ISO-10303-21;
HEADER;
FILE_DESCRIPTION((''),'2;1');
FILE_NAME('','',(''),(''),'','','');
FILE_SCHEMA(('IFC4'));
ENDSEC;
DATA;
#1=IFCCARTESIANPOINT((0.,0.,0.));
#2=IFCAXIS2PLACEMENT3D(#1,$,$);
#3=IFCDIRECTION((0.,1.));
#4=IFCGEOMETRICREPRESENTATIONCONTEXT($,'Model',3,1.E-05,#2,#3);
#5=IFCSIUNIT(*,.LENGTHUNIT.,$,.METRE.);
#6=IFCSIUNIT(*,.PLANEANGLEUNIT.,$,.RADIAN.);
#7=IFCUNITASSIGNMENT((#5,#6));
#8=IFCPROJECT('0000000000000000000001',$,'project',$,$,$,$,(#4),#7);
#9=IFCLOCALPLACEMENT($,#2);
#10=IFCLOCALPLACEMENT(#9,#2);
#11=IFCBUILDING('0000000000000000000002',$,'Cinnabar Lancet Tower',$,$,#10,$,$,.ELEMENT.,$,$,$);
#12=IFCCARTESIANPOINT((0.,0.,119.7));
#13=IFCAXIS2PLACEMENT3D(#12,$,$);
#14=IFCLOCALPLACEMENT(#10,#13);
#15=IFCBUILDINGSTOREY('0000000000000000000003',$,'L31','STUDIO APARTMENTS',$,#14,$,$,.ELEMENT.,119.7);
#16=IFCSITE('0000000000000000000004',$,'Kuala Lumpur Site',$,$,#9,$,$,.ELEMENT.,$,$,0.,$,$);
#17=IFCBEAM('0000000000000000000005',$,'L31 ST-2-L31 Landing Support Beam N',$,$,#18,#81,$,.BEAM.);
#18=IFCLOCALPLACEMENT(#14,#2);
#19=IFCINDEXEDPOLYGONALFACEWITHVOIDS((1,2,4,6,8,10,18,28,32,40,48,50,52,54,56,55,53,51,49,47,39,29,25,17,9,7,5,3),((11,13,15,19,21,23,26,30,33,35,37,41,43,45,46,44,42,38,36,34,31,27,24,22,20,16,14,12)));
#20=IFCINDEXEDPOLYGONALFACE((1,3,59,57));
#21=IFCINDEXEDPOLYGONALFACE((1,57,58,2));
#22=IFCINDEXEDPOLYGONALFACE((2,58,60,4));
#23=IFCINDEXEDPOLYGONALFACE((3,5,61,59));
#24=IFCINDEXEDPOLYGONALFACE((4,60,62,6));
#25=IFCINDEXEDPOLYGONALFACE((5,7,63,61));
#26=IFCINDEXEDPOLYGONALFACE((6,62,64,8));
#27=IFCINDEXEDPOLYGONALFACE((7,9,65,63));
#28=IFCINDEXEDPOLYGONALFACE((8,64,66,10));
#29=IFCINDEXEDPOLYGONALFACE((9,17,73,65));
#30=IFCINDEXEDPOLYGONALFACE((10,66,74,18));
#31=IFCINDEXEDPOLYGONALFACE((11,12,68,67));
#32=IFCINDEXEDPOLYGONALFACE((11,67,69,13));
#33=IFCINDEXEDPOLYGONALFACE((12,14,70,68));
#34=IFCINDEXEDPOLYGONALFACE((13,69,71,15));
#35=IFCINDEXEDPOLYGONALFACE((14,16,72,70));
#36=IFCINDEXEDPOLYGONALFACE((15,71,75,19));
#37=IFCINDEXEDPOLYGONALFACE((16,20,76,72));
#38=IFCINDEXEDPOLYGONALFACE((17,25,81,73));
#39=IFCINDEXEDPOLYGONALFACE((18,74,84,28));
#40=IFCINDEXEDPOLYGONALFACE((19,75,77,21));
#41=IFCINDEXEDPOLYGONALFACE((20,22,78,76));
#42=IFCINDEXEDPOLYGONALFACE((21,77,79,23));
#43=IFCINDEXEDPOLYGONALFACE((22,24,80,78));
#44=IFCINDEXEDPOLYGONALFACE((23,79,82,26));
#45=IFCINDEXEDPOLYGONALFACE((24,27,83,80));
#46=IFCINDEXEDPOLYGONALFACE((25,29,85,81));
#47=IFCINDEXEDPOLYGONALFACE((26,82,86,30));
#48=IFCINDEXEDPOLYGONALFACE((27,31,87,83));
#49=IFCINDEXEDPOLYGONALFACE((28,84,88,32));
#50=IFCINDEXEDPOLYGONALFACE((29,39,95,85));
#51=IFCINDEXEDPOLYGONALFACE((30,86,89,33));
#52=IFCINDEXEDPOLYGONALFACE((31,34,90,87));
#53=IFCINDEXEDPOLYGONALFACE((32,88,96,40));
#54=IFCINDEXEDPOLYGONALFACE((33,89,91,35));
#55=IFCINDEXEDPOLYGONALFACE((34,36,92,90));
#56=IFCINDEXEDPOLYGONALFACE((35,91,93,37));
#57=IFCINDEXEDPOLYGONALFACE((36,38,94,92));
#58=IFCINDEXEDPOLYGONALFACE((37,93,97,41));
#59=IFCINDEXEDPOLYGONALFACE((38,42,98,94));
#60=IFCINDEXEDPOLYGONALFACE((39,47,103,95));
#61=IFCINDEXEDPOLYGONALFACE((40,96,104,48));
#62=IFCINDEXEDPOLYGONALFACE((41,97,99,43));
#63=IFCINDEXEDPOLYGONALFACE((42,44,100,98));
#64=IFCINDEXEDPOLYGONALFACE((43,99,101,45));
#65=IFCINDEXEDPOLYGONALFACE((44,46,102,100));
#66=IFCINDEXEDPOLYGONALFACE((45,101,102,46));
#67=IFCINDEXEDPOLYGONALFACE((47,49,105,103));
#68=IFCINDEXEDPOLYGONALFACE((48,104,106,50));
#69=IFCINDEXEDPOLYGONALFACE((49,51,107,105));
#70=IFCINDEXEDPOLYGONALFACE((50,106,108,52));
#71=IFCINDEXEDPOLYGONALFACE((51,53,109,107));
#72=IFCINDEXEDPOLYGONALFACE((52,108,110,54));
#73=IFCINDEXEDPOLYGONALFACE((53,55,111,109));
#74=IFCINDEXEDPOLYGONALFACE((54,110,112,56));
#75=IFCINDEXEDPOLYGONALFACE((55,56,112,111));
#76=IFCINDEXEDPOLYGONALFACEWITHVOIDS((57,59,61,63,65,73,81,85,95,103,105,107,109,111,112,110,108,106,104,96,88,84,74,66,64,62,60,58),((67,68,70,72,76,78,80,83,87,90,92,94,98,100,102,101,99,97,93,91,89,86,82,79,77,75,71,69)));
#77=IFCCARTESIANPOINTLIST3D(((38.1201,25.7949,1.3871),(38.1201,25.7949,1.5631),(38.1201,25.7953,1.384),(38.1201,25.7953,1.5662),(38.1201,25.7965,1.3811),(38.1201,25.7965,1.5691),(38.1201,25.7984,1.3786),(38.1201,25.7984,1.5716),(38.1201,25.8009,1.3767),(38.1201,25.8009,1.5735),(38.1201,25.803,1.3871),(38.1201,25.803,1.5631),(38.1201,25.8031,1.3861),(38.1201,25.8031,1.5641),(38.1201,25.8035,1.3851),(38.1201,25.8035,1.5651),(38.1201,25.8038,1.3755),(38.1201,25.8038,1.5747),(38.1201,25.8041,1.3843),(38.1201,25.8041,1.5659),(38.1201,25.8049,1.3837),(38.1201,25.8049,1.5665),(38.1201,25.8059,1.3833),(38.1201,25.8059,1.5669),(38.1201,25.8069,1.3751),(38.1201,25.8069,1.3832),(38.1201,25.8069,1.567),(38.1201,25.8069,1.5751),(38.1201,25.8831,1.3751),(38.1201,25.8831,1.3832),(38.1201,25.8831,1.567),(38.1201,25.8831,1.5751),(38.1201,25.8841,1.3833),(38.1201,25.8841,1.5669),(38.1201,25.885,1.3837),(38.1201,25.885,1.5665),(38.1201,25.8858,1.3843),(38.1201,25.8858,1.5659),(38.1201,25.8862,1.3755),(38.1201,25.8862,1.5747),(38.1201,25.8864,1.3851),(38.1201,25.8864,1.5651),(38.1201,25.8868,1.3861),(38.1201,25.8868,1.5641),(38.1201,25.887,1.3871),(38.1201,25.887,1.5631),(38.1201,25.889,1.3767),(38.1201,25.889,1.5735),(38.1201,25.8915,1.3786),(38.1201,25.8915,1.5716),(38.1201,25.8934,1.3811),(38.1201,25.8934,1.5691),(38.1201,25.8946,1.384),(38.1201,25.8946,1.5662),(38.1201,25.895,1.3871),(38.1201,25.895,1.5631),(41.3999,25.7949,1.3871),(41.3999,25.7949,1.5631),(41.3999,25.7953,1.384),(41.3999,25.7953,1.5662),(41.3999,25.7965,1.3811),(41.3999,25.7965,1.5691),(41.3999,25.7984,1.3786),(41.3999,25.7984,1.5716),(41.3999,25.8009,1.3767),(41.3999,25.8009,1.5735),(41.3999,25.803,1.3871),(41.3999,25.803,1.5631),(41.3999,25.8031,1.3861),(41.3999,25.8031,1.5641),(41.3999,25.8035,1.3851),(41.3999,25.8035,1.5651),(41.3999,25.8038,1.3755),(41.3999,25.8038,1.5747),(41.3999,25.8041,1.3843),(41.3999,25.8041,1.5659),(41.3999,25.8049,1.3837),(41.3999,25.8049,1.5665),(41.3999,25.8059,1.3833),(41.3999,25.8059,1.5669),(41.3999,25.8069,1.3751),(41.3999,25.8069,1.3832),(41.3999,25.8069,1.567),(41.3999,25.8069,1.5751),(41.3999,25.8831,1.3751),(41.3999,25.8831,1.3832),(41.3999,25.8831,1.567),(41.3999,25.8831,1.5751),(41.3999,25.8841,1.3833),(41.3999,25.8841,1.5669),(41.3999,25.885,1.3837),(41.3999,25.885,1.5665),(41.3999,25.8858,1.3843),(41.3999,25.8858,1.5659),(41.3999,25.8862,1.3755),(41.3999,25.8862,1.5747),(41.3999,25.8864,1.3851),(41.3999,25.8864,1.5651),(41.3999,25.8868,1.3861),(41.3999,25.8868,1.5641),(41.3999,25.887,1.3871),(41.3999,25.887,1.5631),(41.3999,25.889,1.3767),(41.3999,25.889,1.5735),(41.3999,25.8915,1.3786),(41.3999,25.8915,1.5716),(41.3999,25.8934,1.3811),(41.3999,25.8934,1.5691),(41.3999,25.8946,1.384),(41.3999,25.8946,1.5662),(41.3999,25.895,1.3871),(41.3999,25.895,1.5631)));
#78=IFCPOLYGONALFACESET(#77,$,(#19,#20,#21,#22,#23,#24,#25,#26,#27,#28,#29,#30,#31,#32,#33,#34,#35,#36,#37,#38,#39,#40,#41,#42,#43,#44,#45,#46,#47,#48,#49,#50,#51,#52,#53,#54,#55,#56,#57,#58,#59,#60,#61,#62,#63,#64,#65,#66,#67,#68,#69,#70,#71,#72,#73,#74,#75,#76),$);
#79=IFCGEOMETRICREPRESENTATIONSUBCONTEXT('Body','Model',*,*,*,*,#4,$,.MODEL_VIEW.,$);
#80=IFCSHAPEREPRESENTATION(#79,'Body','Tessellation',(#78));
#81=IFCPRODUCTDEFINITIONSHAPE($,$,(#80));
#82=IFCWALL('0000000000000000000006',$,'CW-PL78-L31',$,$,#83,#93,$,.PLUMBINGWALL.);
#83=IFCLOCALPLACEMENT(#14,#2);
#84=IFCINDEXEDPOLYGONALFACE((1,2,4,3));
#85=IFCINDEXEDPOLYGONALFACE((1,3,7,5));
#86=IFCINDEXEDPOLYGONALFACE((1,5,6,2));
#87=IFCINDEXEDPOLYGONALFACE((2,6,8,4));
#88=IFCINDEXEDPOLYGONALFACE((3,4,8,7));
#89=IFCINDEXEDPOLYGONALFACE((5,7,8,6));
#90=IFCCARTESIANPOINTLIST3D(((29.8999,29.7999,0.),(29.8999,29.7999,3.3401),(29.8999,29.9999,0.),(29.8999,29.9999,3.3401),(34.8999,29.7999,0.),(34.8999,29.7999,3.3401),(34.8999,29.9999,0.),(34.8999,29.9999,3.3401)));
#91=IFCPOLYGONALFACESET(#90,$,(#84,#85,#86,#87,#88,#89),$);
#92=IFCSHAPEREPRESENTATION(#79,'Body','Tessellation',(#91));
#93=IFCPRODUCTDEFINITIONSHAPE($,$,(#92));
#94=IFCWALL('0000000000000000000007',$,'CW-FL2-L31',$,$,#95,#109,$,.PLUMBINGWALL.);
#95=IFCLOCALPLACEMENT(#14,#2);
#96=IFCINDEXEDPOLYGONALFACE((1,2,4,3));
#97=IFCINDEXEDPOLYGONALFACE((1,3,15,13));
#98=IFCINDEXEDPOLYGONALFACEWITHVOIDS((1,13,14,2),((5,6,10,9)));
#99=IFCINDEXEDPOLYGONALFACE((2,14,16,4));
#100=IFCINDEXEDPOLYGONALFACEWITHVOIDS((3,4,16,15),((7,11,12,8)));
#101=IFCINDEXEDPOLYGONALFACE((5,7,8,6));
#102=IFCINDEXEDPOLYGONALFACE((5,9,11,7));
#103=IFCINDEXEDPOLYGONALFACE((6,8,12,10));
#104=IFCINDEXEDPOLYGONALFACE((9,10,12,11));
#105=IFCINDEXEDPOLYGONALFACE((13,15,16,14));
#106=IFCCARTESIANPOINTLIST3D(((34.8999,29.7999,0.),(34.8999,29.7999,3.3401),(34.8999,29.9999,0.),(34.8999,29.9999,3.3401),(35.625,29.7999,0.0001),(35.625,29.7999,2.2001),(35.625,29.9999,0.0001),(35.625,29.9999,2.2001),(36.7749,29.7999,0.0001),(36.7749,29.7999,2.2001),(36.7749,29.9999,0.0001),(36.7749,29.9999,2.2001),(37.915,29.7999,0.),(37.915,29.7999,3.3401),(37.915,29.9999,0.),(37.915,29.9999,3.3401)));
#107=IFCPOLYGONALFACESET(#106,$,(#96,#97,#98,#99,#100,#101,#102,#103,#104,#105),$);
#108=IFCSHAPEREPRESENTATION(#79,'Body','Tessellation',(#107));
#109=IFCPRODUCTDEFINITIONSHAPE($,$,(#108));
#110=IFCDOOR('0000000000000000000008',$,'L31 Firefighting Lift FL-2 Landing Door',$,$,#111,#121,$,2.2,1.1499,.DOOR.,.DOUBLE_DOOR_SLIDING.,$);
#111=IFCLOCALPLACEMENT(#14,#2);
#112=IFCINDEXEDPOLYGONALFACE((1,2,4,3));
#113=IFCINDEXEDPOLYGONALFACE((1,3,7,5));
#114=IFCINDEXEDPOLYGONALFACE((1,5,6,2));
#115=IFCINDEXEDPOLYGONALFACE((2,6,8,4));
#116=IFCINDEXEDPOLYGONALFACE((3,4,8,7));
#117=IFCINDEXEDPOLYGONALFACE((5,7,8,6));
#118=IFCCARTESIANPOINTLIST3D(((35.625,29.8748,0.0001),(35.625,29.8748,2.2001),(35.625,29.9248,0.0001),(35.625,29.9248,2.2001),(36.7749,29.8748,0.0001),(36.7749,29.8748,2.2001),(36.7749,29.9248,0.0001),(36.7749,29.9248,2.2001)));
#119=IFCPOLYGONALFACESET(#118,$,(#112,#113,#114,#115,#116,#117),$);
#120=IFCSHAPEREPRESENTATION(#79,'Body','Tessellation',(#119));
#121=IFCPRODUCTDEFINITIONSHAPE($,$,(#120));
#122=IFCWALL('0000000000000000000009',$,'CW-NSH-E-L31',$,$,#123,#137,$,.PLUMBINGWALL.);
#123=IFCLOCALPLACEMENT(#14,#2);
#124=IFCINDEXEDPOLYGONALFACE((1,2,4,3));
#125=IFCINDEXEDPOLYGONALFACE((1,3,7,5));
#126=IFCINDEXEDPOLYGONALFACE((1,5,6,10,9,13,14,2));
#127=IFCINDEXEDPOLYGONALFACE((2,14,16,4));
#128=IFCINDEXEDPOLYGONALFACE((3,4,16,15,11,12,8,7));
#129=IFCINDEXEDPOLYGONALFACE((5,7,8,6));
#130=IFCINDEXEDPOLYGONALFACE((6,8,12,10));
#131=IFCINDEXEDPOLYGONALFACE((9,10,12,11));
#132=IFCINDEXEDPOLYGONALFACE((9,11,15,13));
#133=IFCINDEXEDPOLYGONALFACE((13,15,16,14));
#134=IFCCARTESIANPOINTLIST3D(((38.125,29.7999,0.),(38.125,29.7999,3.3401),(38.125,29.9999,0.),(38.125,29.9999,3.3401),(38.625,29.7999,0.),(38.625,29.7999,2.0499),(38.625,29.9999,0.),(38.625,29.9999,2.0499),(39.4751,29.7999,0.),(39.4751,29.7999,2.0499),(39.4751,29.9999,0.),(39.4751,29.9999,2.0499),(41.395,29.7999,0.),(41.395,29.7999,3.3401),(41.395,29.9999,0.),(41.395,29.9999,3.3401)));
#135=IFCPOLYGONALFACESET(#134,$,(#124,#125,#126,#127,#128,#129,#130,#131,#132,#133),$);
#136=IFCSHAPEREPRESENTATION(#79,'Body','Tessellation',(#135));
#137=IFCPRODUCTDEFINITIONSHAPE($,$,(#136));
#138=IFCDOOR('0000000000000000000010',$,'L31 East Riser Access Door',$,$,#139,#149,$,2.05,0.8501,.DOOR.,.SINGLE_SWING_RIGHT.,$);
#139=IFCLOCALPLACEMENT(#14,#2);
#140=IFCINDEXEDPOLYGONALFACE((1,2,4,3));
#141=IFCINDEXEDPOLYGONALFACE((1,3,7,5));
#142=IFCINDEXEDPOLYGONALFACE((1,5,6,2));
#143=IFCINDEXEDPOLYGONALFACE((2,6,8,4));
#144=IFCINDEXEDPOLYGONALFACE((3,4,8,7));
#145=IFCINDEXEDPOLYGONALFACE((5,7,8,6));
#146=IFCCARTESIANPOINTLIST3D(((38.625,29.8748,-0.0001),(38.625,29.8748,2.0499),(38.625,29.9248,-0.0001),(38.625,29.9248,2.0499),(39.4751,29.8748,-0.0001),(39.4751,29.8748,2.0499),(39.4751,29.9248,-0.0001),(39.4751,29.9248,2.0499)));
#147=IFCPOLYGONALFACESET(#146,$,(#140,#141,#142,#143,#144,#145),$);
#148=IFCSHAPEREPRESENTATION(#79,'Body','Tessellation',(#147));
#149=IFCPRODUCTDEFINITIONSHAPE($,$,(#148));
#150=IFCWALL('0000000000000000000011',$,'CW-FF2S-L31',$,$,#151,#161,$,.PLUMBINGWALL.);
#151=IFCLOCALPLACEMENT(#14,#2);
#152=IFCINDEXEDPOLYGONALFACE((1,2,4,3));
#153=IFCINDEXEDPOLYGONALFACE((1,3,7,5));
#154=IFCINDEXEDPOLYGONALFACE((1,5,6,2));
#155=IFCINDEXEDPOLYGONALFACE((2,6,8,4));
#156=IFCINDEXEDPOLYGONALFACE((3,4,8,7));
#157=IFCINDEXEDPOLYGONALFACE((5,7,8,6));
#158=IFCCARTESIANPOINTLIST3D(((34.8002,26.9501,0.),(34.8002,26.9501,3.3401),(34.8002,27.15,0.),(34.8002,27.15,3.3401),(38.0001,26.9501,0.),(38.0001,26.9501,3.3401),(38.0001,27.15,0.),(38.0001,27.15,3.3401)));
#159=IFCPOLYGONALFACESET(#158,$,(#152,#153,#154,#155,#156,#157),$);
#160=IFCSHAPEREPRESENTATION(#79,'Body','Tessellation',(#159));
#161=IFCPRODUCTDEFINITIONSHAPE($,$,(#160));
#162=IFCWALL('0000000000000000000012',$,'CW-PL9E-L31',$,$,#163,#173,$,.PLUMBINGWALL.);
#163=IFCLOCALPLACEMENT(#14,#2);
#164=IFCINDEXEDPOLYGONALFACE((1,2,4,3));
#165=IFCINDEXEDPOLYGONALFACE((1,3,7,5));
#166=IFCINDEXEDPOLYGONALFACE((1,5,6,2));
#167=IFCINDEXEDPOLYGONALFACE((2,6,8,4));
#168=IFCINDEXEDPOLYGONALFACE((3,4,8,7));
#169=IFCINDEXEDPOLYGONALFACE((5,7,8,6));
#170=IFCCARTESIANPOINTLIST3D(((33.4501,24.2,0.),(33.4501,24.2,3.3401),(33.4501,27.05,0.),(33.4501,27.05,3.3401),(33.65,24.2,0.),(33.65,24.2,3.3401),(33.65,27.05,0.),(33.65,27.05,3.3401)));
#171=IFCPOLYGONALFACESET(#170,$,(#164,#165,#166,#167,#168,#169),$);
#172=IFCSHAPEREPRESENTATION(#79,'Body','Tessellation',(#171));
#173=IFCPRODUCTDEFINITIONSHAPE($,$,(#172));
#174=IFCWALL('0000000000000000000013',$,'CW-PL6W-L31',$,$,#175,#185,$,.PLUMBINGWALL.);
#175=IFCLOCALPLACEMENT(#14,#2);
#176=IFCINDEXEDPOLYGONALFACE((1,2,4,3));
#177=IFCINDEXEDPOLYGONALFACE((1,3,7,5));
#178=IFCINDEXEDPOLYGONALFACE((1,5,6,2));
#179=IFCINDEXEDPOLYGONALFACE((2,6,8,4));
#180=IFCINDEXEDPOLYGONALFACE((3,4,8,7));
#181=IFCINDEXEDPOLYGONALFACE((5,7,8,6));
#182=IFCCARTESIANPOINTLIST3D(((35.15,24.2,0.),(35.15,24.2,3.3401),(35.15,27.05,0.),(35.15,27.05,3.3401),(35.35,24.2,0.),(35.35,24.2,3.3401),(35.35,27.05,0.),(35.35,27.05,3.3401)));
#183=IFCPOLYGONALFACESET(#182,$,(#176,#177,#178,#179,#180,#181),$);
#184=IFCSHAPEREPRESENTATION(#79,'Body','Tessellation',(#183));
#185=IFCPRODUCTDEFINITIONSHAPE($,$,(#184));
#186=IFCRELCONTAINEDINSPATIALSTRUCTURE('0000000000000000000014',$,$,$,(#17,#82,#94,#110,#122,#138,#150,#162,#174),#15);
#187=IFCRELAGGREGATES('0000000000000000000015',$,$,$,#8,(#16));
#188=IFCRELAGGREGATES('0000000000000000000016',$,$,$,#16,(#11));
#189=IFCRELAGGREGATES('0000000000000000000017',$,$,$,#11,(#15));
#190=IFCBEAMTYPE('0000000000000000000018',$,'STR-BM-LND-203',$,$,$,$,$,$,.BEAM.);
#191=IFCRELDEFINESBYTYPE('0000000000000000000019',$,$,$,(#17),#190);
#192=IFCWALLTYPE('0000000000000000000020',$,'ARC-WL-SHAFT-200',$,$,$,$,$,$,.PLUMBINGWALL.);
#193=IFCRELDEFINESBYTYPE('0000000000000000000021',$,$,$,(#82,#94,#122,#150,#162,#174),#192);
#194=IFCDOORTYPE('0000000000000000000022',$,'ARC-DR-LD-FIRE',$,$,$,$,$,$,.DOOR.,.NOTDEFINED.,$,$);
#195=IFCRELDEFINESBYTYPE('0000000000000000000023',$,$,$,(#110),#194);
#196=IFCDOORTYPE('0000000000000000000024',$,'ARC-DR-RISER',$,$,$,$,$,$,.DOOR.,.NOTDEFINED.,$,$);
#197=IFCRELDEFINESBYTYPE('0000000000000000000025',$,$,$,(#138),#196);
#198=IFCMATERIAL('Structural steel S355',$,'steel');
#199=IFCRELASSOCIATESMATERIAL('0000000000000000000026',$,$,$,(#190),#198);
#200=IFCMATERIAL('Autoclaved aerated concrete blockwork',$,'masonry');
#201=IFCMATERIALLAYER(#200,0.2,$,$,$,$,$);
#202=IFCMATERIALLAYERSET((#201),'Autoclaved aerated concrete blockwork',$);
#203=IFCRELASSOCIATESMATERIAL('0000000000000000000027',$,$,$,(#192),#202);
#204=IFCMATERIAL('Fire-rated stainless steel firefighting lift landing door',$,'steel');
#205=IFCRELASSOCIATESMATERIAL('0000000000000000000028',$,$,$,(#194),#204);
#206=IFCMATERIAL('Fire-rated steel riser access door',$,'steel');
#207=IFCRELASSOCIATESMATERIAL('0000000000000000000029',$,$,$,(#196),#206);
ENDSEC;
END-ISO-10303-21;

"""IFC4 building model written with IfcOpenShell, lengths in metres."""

from ifc_helpers import new_model, si_unit, direction, frame, frame_2d, origin, origin_2d, place, context, subcontext, project, spatial, rectangle, hollow_rectangle, extrude, material, layer, layer_set, material_profile, profile_set, type_object, element, fill, save


model = new_model("IFC4")

# Units and contexts
model_context = context("Model", 3, precision=1e-05, world=origin(), true_north=direction((0.0, 1.0)))
body_context = subcontext(model_context, "Body", "Model", "MODEL_VIEW")
ifc_project = project(units=[si_unit("LENGTHUNIT", "METRE"), si_unit("PLANEANGLEUNIT", "RADIAN")], contexts=[model_context])

# Site, building, storey
site_placement = place(None, origin())
site = spatial("IfcSite", under=ifc_project, at=site_placement, Name="Kuala Lumpur Site", CompositionType="ELEMENT", RefElevation=0.0)
building_placement = place(site_placement, origin())
building = spatial("IfcBuilding", under=site, at=building_placement, Name="Cinnabar Lancet Tower", CompositionType="ELEMENT")
storey_placement = place(building_placement, frame((0.0, 0.0, 119.7)))
storey = spatial("IfcBuildingStorey", under=building, at=storey_placement, Name="L31", Description="STUDIO APARTMENTS", CompositionType="ELEMENT", Elevation=119.7)

# Beam
ifc_material_1 = material(Name="Structural steel S355", Category="steel")
ifc_material_profile = material_profile(ifc_material_1, hollow_rectangle(XDim=0.1001, YDim=0.2, WallThickness=0.0081, InnerFilletRadius=0.0039, OuterFilletRadius=0.012, at=origin_2d()), Name="RHS 200x100x8")
ifc_profile_set = profile_set([ifc_material_profile], Name="Structural steel S355")
beam_type = type_object("IfcBeamType", Name="STR-BM-LND-203", PredefinedType="BEAM", material=ifc_profile_set)
beam_placement = place(storey_placement, frame((38.1201, 25.845, 1.4751), z_axis=(1.0, 0.0, 0.0), x_axis=(0.0, 1.0, 0.0)))
element("IfcBeam", 1, at=beam_placement, inside=storey, type_object=beam_type, Name="L31 ST-2-L31 Landing Support Beam N", PredefinedType="BEAM", context=body_context, shape_type="SweptSolid", body=[
    extrude(hollow_rectangle(XDim=0.1001, YDim=0.2, WallThickness=0.0081, InnerFilletRadius=0.0039, OuterFilletRadius=0.012, at=origin_2d()), origin(), (0.0, 0.0, 1.0), 3.2798),
])

# Wall
ifc_material_2 = material(Name="Autoclaved aerated concrete blockwork", Category="masonry")
ifc_layer = layer(ifc_material_2, 0.2)
ifc_layer_set = layer_set([ifc_layer], Name="Autoclaved aerated concrete blockwork")
wall_type = type_object("IfcWallType", Name="ARC-WL-SHAFT-200", PredefinedType="PLUMBINGWALL", material=ifc_layer_set)
wall_1_placement = place(storey_placement, frame((29.8999, 29.8999, 0.0), z_axis=(0.0, 0.0, 1.0), x_axis=(1.0, 0.0, 0.0)))
element("IfcWall", 2, at=wall_1_placement, inside=storey, type_object=wall_type, Name="CW-PL78-L31", PredefinedType="PLUMBINGWALL", context=body_context, shape_type="SweptSolid", body=[
    extrude(rectangle(XDim=5.0, YDim=0.2, at=frame_2d((2.5, 0.0))), origin(), (0.0, 0.0, 1.0), 3.3401),
])

# Walls, openings, doors
wall_2_placement = place(storey_placement, frame((34.8999, 29.8999, 0.0), z_axis=(0.0, 0.0, 1.0), x_axis=(1.0, 0.0, 0.0)))
wall_2 = element("IfcWall", 3, at=wall_2_placement, inside=storey, type_object=wall_type, Name="CW-FL2-L31", PredefinedType="PLUMBINGWALL", context=body_context, shape_type="SweptSolid", body=[
    extrude(rectangle(XDim=3.0151, YDim=0.2, at=frame_2d((1.5076, 0.0))), origin(), (0.0, 0.0, 1.0), 3.3401),
])
opening_1_placement = place(wall_2_placement, frame((0.7251, 0.0, 0.0)))
opening_1 = element("IfcOpeningElement", 4, at=opening_1_placement, cuts=wall_2, PredefinedType="OPENING", context=body_context, shape_type="SweptSolid", body=[
    extrude(rectangle(XDim=1.1499, YDim=2.2, at=frame_2d((0.575, 1.1001))), frame((0.0, 0.1099, 0.0), z_axis=(0.0, -1.0, 0.0), x_axis=(1.0, 0.0, 0.0)), (0.0, 0.0, 1.0), 0.22),
])
ifc_material_3 = material(Name="Fire-rated stainless steel firefighting lift landing door", Category="steel")
door_type_1 = type_object("IfcDoorType", Name="ARC-DR-LD-FIRE", OperationType="NOTDEFINED", PredefinedType="DOOR", material=ifc_material_3)
door_1_placement = place(opening_1_placement, origin())
door_1 = element("IfcDoor", 5, at=door_1_placement, inside=storey, type_object=door_type_1, Name="L31 Firefighting Lift FL-2 Landing Door", OperationType="DOUBLE_DOOR_SLIDING", OverallHeight=2.2, OverallWidth=1.1499, PredefinedType="DOOR", context=body_context, shape_type="SweptSolid", body=[
    extrude(rectangle(XDim=1.1499, YDim=2.2, at=frame_2d((0.575, 1.1001))), frame((0.0, 0.0249, 0.0), z_axis=(0.0, -1.0, 0.0), x_axis=(1.0, 0.0, 0.0)), (0.0, 0.0, 1.0), 0.05),
])
fill(opening_1, door_1)
wall_3_placement = place(storey_placement, frame((38.125, 29.8999, 0.0), z_axis=(0.0, 0.0, 1.0), x_axis=(1.0, 0.0, 0.0)))
wall_3 = element("IfcWall", 6, at=wall_3_placement, inside=storey, type_object=wall_type, Name="CW-NSH-E-L31", PredefinedType="PLUMBINGWALL", context=body_context, shape_type="SweptSolid", body=[
    extrude(rectangle(XDim=3.27, YDim=0.2, at=frame_2d((1.635, 0.0))), origin(), (0.0, 0.0, 1.0), 3.3401),
])
opening_2_placement = place(wall_3_placement, frame((0.5, 0.0, 0.0)))
opening_2 = element("IfcOpeningElement", 7, at=opening_2_placement, cuts=wall_3, PredefinedType="OPENING", context=body_context, shape_type="SweptSolid", body=[
    extrude(rectangle(XDim=0.8501, YDim=2.05, at=frame_2d((0.425, 1.0249))), frame((0.0, 0.1099, 0.0), z_axis=(0.0, -1.0, 0.0), x_axis=(1.0, 0.0, 0.0)), (0.0, 0.0, 1.0), 0.22),
])
ifc_material_4 = material(Name="Fire-rated steel riser access door", Category="steel")
door_type_2 = type_object("IfcDoorType", Name="ARC-DR-RISER", OperationType="NOTDEFINED", PredefinedType="DOOR", material=ifc_material_4)
door_2_placement = place(opening_2_placement, origin())
door_2 = element("IfcDoor", 8, at=door_2_placement, inside=storey, type_object=door_type_2, Name="L31 East Riser Access Door", OperationType="SINGLE_SWING_RIGHT", OverallHeight=2.05, OverallWidth=0.8501, PredefinedType="DOOR", context=body_context, shape_type="SweptSolid", body=[
    extrude(rectangle(XDim=0.8501, YDim=2.05, at=frame_2d((0.425, 1.0249))), frame((0.0, 0.0249, 0.0), z_axis=(0.0, -1.0, 0.0), x_axis=(1.0, 0.0, 0.0)), (0.0, 0.0, 1.0), 0.05),
])
fill(opening_2, door_2)

# Walls
wall_4_placement = place(storey_placement, frame((34.8, 27.05, 0.0), z_axis=(0.0, 0.0, 1.0), x_axis=(1.0, 0.0, 0.0)))
element("IfcWall", 9, at=wall_4_placement, inside=storey, type_object=wall_type, Name="CW-FF2S-L31", PredefinedType="PLUMBINGWALL", context=body_context, shape_type="SweptSolid", body=[
    extrude(rectangle(XDim=3.2, YDim=0.2, at=frame_2d((1.6001, 0.0))), origin(), (0.0, 0.0, 1.0), 3.3401),
])
for number, where, z_axis, x_axis, name in (
    (10, (33.55, 24.2, 0.0), (0.0, 0.0, 1.0), (0.0, 1.0, 0.0), "CW-PL9E-L31"),
    (11, (35.25, 24.2, 0.0), (0.0, 0.0, 1.0), (0.0, 1.0, 0.0), "CW-PL6W-L31"),
):
    element("IfcWall", number, at=place(storey_placement, frame(where, z_axis=z_axis, x_axis=x_axis)), inside=storey, type_object=wall_type, Name=name, PredefinedType="PLUMBINGWALL", context=body_context, shape_type="SweptSolid", body=[
        extrude(rectangle(XDim=2.8501, YDim=0.2, at=frame_2d((1.425, 0.0))), origin(), (0.0, 0.0, 1.0), 3.3401),
    ])

save(model, "model.ifc")
